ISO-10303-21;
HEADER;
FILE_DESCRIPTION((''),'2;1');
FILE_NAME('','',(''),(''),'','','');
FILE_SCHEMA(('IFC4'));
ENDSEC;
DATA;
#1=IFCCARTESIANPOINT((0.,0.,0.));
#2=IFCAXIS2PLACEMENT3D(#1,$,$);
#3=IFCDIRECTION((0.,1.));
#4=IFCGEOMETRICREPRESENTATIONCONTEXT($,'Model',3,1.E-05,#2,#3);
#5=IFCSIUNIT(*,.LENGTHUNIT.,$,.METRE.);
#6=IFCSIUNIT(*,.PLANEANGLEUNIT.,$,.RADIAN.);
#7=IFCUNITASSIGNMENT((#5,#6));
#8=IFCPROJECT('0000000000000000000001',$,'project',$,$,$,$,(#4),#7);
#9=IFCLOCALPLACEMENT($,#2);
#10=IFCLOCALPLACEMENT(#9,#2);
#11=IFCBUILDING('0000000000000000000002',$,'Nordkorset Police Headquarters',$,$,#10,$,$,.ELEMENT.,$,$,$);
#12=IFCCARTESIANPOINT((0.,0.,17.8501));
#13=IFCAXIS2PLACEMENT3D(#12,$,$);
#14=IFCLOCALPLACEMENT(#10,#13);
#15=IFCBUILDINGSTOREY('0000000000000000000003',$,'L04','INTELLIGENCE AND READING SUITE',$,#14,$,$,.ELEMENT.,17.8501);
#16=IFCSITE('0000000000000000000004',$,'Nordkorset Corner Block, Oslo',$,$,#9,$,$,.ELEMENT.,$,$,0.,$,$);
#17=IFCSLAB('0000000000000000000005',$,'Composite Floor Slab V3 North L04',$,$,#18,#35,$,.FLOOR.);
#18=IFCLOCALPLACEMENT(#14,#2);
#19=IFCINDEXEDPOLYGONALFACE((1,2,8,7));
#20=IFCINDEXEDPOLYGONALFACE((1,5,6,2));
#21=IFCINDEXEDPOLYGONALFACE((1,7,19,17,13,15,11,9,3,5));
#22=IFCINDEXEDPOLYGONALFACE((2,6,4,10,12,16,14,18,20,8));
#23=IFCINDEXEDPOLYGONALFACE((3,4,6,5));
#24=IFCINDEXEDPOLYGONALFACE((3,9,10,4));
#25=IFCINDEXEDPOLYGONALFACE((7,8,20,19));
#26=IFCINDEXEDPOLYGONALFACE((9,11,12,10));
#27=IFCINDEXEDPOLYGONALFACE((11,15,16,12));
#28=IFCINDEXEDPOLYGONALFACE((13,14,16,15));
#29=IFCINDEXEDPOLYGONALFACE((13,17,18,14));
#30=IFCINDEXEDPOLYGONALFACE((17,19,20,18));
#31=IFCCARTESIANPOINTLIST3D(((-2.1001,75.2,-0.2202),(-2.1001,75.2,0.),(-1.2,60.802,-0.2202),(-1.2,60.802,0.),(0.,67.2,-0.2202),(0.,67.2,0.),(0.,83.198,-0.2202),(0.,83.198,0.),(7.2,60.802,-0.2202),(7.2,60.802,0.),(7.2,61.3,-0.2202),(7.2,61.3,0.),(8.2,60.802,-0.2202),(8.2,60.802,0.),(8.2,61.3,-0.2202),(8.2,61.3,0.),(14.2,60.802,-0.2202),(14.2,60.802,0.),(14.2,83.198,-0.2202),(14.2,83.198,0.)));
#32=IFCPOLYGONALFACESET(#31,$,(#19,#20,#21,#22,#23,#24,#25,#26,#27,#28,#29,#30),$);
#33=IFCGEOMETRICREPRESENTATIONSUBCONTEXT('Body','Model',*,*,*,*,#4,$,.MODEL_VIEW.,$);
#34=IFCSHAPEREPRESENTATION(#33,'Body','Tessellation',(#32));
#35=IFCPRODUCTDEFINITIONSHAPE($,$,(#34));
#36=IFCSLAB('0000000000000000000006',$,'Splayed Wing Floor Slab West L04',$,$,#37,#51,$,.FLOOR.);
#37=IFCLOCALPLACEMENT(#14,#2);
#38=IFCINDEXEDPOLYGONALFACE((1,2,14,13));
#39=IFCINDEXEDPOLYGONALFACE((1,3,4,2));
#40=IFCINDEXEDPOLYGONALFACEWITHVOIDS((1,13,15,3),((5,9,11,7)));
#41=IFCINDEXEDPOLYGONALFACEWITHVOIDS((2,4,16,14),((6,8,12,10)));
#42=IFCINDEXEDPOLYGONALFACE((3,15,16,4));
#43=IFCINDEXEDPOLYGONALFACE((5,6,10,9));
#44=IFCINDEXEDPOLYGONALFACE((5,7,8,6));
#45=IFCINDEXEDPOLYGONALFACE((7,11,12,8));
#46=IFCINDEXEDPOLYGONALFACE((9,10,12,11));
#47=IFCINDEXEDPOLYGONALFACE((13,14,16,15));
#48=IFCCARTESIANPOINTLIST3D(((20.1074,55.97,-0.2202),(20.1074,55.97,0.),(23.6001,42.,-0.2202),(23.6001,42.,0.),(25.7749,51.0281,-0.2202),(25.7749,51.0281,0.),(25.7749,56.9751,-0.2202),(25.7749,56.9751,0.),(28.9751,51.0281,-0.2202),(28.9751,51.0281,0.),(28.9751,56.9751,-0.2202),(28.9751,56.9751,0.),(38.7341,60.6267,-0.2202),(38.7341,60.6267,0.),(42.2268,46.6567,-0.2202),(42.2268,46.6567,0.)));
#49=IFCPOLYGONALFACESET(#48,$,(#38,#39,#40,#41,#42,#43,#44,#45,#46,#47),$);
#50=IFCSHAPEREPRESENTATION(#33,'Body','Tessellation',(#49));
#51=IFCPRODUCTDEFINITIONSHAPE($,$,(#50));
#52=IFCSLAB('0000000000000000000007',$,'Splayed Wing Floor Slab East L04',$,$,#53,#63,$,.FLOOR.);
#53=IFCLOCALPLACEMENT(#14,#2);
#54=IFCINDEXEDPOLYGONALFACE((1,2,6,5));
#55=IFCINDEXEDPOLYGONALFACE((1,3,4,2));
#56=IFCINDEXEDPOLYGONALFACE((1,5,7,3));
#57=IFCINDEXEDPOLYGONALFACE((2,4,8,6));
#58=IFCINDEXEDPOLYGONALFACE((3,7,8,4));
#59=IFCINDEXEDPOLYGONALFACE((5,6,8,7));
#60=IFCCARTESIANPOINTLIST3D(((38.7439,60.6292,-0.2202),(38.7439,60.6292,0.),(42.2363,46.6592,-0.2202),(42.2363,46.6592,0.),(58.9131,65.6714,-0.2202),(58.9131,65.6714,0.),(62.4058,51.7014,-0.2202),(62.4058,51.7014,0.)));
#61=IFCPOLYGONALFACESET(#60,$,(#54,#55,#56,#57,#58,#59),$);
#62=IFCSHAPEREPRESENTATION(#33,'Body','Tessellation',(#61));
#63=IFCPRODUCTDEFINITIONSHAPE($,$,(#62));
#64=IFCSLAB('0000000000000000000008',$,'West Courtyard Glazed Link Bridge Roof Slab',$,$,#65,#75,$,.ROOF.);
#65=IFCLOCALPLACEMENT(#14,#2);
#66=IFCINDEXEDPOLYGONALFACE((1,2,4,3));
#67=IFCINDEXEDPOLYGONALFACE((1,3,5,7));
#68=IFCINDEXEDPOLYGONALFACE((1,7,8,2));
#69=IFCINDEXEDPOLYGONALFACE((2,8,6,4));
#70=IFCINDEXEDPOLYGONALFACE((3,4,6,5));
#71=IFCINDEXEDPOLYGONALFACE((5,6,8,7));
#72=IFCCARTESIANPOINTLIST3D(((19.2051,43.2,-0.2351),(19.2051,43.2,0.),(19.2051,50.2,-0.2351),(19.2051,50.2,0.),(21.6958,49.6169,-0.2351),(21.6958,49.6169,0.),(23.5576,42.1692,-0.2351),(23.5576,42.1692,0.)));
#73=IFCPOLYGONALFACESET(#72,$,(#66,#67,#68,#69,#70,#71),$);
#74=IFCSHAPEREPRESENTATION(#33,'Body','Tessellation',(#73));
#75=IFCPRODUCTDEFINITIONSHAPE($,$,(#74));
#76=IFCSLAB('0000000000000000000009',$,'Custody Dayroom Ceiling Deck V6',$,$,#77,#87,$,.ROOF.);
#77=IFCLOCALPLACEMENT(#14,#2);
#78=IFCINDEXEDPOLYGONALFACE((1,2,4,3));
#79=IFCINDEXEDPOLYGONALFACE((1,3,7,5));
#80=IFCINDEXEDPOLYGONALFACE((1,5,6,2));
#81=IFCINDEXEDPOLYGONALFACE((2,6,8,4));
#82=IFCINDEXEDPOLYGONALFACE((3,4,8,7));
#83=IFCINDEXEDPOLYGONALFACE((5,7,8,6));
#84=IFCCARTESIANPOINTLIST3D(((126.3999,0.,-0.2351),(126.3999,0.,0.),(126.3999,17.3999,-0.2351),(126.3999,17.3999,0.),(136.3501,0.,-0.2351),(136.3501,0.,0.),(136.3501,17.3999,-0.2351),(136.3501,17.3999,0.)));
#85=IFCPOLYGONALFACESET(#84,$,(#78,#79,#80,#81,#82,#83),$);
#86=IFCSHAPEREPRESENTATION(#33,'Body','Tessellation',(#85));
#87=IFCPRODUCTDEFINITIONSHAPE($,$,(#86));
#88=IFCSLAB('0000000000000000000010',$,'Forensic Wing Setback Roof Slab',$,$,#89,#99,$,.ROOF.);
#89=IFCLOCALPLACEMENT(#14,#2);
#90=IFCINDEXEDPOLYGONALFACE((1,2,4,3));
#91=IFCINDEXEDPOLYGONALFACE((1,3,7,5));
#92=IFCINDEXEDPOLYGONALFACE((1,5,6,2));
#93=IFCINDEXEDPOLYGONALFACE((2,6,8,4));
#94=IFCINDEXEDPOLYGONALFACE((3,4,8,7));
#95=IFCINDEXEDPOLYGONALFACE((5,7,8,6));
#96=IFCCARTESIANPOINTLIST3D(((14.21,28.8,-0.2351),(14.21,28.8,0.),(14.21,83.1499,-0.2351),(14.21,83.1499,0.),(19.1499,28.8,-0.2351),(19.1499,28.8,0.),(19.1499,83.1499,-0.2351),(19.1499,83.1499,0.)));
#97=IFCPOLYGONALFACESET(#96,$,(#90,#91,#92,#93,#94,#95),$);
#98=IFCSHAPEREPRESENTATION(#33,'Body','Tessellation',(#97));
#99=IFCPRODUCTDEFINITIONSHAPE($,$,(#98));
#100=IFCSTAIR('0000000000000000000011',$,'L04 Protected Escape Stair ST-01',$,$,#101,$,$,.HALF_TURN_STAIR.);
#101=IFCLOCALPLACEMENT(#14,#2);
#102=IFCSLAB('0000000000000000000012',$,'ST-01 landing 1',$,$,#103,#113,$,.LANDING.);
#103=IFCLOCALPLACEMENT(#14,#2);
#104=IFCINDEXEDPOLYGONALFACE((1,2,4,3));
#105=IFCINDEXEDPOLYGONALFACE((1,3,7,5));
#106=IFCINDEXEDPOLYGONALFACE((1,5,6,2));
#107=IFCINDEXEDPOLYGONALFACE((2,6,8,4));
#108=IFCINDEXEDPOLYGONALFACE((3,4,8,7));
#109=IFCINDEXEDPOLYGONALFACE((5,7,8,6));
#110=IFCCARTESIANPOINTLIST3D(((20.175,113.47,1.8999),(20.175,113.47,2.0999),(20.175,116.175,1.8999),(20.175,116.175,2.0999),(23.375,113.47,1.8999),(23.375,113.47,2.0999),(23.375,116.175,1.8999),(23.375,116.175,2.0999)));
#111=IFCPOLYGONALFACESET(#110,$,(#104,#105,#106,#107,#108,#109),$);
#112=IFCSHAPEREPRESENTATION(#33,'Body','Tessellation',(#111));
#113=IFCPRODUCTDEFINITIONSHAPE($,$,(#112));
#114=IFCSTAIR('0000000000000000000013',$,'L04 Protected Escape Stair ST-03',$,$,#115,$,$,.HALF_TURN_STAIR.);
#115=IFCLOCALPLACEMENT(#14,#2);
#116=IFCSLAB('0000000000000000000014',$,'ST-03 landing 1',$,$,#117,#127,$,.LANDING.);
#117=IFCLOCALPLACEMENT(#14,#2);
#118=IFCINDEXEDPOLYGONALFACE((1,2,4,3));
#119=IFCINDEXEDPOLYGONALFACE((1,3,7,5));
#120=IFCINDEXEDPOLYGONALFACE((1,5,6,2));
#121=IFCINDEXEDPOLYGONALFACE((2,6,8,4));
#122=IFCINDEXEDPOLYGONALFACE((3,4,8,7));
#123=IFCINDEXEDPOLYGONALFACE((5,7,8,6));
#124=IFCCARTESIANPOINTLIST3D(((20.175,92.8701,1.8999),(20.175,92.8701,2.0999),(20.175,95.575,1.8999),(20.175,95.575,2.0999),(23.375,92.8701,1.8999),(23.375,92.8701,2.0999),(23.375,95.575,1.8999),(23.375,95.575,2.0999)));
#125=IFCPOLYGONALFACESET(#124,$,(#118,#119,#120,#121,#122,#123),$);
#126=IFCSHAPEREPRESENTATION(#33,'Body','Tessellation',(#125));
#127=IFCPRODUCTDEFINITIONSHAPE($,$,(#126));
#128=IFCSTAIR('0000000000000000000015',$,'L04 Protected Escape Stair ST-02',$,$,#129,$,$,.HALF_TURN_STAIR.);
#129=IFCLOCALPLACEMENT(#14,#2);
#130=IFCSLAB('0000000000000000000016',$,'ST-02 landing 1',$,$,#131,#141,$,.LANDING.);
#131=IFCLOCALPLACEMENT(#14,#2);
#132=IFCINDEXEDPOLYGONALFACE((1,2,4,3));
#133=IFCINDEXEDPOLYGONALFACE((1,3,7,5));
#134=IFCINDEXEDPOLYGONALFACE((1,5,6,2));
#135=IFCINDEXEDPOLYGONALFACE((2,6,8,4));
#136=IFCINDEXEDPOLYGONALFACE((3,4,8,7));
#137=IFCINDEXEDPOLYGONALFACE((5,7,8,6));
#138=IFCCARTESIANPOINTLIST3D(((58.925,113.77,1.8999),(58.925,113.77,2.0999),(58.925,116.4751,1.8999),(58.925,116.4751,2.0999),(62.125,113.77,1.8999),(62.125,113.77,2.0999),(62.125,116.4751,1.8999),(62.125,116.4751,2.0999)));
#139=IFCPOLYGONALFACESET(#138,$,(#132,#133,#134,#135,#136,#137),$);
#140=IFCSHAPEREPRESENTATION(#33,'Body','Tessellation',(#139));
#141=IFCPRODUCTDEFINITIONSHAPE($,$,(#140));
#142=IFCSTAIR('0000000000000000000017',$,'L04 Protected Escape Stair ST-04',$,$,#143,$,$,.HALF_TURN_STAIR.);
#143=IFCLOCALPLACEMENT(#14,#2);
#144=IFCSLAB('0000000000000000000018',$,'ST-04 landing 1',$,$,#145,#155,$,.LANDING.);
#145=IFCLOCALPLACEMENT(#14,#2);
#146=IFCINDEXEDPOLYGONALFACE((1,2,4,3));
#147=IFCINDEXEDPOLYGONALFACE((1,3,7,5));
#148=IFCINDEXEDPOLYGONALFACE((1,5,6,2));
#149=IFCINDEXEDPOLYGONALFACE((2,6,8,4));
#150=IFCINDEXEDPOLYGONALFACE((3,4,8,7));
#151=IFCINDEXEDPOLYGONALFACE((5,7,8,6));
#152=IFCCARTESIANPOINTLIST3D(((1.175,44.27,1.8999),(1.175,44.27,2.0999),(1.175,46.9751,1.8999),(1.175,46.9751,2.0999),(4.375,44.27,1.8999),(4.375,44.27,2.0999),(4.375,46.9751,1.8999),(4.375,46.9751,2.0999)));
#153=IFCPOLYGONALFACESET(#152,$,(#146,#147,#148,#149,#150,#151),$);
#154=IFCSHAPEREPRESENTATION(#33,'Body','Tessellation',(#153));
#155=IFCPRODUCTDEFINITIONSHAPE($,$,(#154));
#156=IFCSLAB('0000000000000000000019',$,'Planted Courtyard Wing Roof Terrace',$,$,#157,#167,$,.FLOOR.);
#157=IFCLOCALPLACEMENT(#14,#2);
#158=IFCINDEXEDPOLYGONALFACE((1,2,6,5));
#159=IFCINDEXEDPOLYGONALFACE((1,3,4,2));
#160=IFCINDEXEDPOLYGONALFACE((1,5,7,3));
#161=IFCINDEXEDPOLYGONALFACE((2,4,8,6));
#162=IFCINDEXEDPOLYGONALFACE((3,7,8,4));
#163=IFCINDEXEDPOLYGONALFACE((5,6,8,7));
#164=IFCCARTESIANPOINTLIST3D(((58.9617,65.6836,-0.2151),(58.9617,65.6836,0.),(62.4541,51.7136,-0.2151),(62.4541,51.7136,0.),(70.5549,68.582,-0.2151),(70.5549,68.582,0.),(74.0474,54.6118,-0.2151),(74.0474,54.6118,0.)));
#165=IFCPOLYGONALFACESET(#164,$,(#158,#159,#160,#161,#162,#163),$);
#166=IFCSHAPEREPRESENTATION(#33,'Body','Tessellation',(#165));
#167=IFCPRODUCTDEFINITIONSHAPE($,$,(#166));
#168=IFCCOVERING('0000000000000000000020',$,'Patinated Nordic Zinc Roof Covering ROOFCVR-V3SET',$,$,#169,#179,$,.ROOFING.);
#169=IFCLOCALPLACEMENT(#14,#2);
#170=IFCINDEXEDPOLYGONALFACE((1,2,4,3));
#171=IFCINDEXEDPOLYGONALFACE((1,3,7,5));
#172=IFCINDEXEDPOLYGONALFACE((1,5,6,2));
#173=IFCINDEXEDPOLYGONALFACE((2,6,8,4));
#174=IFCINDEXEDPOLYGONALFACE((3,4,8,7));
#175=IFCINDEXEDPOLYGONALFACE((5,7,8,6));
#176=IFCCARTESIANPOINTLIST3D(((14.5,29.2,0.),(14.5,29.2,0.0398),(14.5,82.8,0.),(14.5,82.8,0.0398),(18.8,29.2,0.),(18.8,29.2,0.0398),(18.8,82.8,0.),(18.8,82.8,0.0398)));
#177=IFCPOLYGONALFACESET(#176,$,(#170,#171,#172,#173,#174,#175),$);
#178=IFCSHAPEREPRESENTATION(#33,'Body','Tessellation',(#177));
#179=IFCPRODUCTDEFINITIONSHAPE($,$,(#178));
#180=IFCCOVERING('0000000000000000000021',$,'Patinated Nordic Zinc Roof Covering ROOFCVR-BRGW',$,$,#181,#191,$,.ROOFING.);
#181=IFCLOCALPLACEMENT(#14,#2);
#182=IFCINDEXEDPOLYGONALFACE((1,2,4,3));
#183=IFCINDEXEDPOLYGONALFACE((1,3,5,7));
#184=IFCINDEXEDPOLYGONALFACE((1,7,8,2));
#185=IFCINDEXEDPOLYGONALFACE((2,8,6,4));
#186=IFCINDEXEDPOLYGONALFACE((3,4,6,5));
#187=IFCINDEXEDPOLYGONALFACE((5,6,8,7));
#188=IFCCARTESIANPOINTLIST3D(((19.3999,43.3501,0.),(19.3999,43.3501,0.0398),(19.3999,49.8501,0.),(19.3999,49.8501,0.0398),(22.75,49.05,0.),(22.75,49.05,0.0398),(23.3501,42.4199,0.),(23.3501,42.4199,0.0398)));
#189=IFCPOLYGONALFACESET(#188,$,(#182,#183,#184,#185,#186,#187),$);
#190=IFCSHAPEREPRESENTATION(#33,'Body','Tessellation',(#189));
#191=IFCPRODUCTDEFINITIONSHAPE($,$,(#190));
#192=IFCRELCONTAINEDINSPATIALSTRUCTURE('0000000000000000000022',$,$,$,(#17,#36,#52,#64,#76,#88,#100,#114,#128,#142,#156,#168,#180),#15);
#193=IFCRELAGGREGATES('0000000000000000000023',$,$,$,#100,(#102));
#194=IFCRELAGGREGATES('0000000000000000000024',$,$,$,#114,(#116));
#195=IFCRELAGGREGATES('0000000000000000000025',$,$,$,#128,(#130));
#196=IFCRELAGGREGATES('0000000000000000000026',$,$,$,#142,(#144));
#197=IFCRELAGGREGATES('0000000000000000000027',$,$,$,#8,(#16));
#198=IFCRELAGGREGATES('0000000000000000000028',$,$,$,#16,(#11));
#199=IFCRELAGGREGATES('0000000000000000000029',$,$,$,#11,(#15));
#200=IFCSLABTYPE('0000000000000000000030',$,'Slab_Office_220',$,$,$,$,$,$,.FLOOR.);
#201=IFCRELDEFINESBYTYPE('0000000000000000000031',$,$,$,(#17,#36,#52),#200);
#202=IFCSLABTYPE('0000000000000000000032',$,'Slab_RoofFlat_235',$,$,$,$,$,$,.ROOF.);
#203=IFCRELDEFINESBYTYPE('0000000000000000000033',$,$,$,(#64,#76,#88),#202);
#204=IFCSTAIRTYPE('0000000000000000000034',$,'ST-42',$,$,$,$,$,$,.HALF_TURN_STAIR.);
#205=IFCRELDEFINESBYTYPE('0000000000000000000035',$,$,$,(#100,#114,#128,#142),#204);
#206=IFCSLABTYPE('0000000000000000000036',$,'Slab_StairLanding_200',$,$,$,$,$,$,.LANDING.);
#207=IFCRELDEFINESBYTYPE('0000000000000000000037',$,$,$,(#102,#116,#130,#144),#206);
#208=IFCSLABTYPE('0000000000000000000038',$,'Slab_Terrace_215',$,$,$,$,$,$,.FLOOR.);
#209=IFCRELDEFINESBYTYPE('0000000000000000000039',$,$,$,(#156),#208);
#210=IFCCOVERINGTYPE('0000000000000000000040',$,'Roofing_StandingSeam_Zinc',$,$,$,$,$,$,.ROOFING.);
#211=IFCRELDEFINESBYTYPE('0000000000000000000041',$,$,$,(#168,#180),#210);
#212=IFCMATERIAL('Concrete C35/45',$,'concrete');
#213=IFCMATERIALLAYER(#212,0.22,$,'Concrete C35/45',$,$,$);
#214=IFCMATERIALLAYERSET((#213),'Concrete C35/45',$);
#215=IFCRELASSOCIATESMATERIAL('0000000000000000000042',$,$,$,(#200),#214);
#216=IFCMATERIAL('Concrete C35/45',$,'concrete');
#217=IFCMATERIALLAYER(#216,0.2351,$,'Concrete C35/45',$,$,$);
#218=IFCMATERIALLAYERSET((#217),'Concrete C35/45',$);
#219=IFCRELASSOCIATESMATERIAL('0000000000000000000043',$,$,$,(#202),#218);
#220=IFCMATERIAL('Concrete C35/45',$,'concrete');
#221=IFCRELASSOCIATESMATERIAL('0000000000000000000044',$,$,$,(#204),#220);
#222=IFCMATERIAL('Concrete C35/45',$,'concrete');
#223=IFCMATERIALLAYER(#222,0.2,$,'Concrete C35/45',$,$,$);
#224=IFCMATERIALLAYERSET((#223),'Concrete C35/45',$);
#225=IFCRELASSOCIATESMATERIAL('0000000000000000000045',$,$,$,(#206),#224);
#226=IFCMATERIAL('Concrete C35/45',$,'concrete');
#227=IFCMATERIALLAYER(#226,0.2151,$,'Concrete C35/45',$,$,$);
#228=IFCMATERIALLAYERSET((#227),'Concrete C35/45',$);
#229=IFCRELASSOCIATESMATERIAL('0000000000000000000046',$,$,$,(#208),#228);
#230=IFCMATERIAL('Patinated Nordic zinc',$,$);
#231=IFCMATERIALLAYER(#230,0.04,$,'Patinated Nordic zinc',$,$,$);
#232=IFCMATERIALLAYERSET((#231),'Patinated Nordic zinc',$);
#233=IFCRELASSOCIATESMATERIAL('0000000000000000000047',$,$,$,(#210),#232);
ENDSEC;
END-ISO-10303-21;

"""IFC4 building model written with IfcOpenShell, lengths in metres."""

from ifc_helpers import new_model, si_unit, direction, frame, origin, place, context, subcontext, project, spatial, polyline, outline, extrude, material, layer, layer_set, type_object, element, aggregate, save


model = new_model("IFC4")

# Units and contexts
model_context = context("Model", 3, precision=1e-05, world=origin(), true_north=direction((0.0, 1.0)))
body_context = subcontext(model_context, "Body", "Model", "MODEL_VIEW")
ifc_project = project(units=[si_unit("LENGTHUNIT", "METRE"), si_unit("PLANEANGLEUNIT", "RADIAN")], contexts=[model_context])

# Site, building, storey
site_placement = place(None, origin())
site = spatial("IfcSite", under=ifc_project, at=site_placement, Name="Nordkorset Corner Block, Oslo", CompositionType="ELEMENT", RefElevation=0.0)
building_placement = place(site_placement, origin())
building = spatial("IfcBuilding", under=site, at=building_placement, Name="Nordkorset Police Headquarters", CompositionType="ELEMENT")
storey_placement = place(building_placement, frame((0.0, 0.0, 17.8501)))
storey = spatial("IfcBuildingStorey", under=building, at=storey_placement, Name="L04", Description="INTELLIGENCE AND READING SUITE", CompositionType="ELEMENT", Elevation=17.8501)

# Slabs
ifc_material_1 = material(Name="Concrete C35/45", Category="concrete")
ifc_layer_1 = layer(ifc_material_1, 0.22, Name="Concrete C35/45")
ifc_layer_set_1 = layer_set([ifc_layer_1], Name="Concrete C35/45")
slab_type_1 = type_object("IfcSlabType", Name="Slab_Office_220", PredefinedType="FLOOR", material=ifc_layer_set_1)
slab_1_placement = place(storey_placement, frame((0.0, 0.0, -0.2202)))
element("IfcSlab", 1, at=slab_1_placement, inside=storey, type_object=slab_type_1, Name="Composite Floor Slab V3 North L04", PredefinedType="FLOOR", context=body_context, shape_type="SweptSolid", body=[
    extrude(outline(polyline([(-1.2, 60.802), (7.2, 60.802), (7.2, 61.3), (8.2, 61.3), (8.2, 60.802), (14.2, 60.802), (14.2, 83.198), (0.0, 83.198), (-2.1001, 75.2), (0.0, 67.2), (-1.2, 60.802)])), origin(), (0.0, 0.0, 1.0), 0.2202),
])
slab_2_placement = place(storey_placement, frame((0.0, 0.0, -0.2202)))
element("IfcSlab", 2, at=slab_2_placement, inside=storey, type_object=slab_type_1, Name="Splayed Wing Floor Slab West L04", PredefinedType="FLOOR", context=body_context, shape_type="SweptSolid", body=[
    extrude(outline(polyline([(20.1074, 55.97), (38.7341, 60.6267), (42.2268, 46.6567), (23.6001, 42.0), (20.1074, 55.97)]), holes=[polyline([(28.9751, 56.9751), (25.7749, 56.9751), (25.7749, 51.0281), (28.9751, 51.0281), (28.9751, 56.9751)])]), origin(), (0.0, 0.0, 1.0), 0.2202),
])
slab_3_placement = place(storey_placement, frame((0.0, 0.0, -0.2202)))
element("IfcSlab", 3, at=slab_3_placement, inside=storey, type_object=slab_type_1, Name="Splayed Wing Floor Slab East L04", PredefinedType="FLOOR", context=body_context, shape_type="SweptSolid", body=[
    extrude(outline(polyline([(42.2363, 46.6592), (62.4058, 51.7014), (58.9131, 65.6714), (38.7439, 60.6292), (42.2363, 46.6592)])), origin(), (0.0, 0.0, 1.0), 0.2202),
])
ifc_material_2 = material(Name="Concrete C35/45", Category="concrete")
ifc_layer_2 = layer(ifc_material_2, 0.2351, Name="Concrete C35/45")
ifc_layer_set_2 = layer_set([ifc_layer_2], Name="Concrete C35/45")
slab_type_2 = type_object("IfcSlabType", Name="Slab_RoofFlat_235", PredefinedType="ROOF", material=ifc_layer_set_2)
slab_4_placement = place(storey_placement, frame((0.0, 0.0, -0.2351)))
element("IfcSlab", 4, at=slab_4_placement, inside=storey, type_object=slab_type_2, Name="West Courtyard Glazed Link Bridge Roof Slab", PredefinedType="ROOF", context=body_context, shape_type="SweptSolid", body=[
    extrude(outline(polyline([(19.2051, 43.2), (19.2051, 50.2), (21.6958, 49.6169), (23.5576, 42.1692), (19.2051, 43.2)])), origin(), (0.0, 0.0, 1.0), 0.2351),
])
slab_5_placement = place(storey_placement, frame((0.0, 0.0, -0.2351)))
element("IfcSlab", 5, at=slab_5_placement, inside=storey, type_object=slab_type_2, Name="Custody Dayroom Ceiling Deck V6", PredefinedType="ROOF", context=body_context, shape_type="SweptSolid", body=[
    extrude(outline(polyline([(126.3999, 0.0), (136.3501, 0.0), (136.3501, 17.3999), (126.3999, 17.3999), (126.3999, 0.0)])), origin(), (0.0, 0.0, 1.0), 0.2351),
])
slab_6_placement = place(storey_placement, frame((0.0, 0.0, -0.2351)))
element("IfcSlab", 6, at=slab_6_placement, inside=storey, type_object=slab_type_2, Name="Forensic Wing Setback Roof Slab", PredefinedType="ROOF", context=body_context, shape_type="SweptSolid", body=[
    extrude(outline(polyline([(14.21, 28.8), (19.1499, 28.8), (19.1499, 83.1499), (14.21, 83.1499), (14.21, 28.8)])), origin(), (0.0, 0.0, 1.0), 0.2351),
])

# Stairs, slabs
ifc_material_3 = material(Name="Concrete C35/45", Category="concrete")
stair_type = type_object("IfcStairType", Name="ST-42", PredefinedType="HALF_TURN_STAIR", material=ifc_material_3)
stair_1_placement = place(storey_placement, origin())
stair_1 = element("IfcStair", 7, at=stair_1_placement, inside=storey, type_object=stair_type, Name="L04 Protected Escape Stair ST-01", PredefinedType="HALF_TURN_STAIR")
ifc_material_4 = material(Name="Concrete C35/45", Category="concrete")
ifc_layer_3 = layer(ifc_material_4, 0.2, Name="Concrete C35/45")
ifc_layer_set_3 = layer_set([ifc_layer_3], Name="Concrete C35/45")
slab_type_3 = type_object("IfcSlabType", Name="Slab_StairLanding_200", PredefinedType="LANDING", material=ifc_layer_set_3)
slab_7_placement = place(storey_placement, frame((0.0, 0.0, 1.8999)))
slab_7 = element("IfcSlab", 8, at=slab_7_placement, type_object=slab_type_3, Name="ST-01 landing 1", PredefinedType="LANDING", context=body_context, shape_type="SweptSolid", body=[
    extrude(outline(polyline([(23.375, 113.47), (23.375, 116.175), (20.175, 116.175), (20.175, 113.47), (23.375, 113.47)])), origin(), (0.0, 0.0, 1.0), 0.2),
])
aggregate(stair_1, [slab_7])
stair_2_placement = place(storey_placement, origin())
stair_2 = element("IfcStair", 9, at=stair_2_placement, inside=storey, type_object=stair_type, Name="L04 Protected Escape Stair ST-03", PredefinedType="HALF_TURN_STAIR")
slab_8_placement = place(storey_placement, frame((0.0, 0.0, 1.8999)))
slab_8 = element("IfcSlab", 10, at=slab_8_placement, type_object=slab_type_3, Name="ST-03 landing 1", PredefinedType="LANDING", context=body_context, shape_type="SweptSolid", body=[
    extrude(outline(polyline([(23.375, 92.8701), (23.375, 95.575), (20.175, 95.575), (20.175, 92.8701), (23.375, 92.8701)])), origin(), (0.0, 0.0, 1.0), 0.2),
])
aggregate(stair_2, [slab_8])
stair_3_placement = place(storey_placement, origin())
stair_3 = element("IfcStair", 11, at=stair_3_placement, inside=storey, type_object=stair_type, Name="L04 Protected Escape Stair ST-02", PredefinedType="HALF_TURN_STAIR")
slab_9_placement = place(storey_placement, frame((0.0, 0.0, 1.8999)))
slab_9 = element("IfcSlab", 12, at=slab_9_placement, type_object=slab_type_3, Name="ST-02 landing 1", PredefinedType="LANDING", context=body_context, shape_type="SweptSolid", body=[
    extrude(outline(polyline([(62.125, 113.77), (62.125, 116.4751), (58.925, 116.4751), (58.925, 113.77), (62.125, 113.77)])), origin(), (0.0, 0.0, 1.0), 0.2),
])
aggregate(stair_3, [slab_9])
stair_4_placement = place(storey_placement, origin())
stair_4 = element("IfcStair", 13, at=stair_4_placement, inside=storey, type_object=stair_type, Name="L04 Protected Escape Stair ST-04", PredefinedType="HALF_TURN_STAIR")
slab_10_placement = place(storey_placement, frame((0.0, 0.0, 1.8999)))
slab_10 = element("IfcSlab", 14, at=slab_10_placement, type_object=slab_type_3, Name="ST-04 landing 1", PredefinedType="LANDING", context=body_context, shape_type="SweptSolid", body=[
    extrude(outline(polyline([(4.375, 44.27), (4.375, 46.9751), (1.175, 46.9751), (1.175, 44.27), (4.375, 44.27)])), origin(), (0.0, 0.0, 1.0), 0.2),
])
aggregate(stair_4, [slab_10])

# Slab
ifc_material_5 = material(Name="Concrete C35/45", Category="concrete")
ifc_layer_4 = layer(ifc_material_5, 0.2151, Name="Concrete C35/45")
ifc_layer_set_4 = layer_set([ifc_layer_4], Name="Concrete C35/45")
slab_type_4 = type_object("IfcSlabType", Name="Slab_Terrace_215", PredefinedType="FLOOR", material=ifc_layer_set_4)
slab_11_placement = place(storey_placement, frame((0.0, 0.0, -0.2151)))
element("IfcSlab", 15, at=slab_11_placement, inside=storey, type_object=slab_type_4, Name="Planted Courtyard Wing Roof Terrace", PredefinedType="FLOOR", context=body_context, shape_type="SweptSolid", body=[
    extrude(outline(polyline([(62.4541, 51.7136), (74.0474, 54.6118), (70.5549, 68.582), (58.9617, 65.6836), (62.4541, 51.7136)])), origin(), (0.0, 0.0, 1.0), 0.2151),
])

# Coverings
ifc_material_6 = material(Name="Patinated Nordic zinc")
ifc_layer_5 = layer(ifc_material_6, 0.04, Name="Patinated Nordic zinc")
ifc_layer_set_5 = layer_set([ifc_layer_5], Name="Patinated Nordic zinc")
covering_type = type_object("IfcCoveringType", Name="Roofing_StandingSeam_Zinc", PredefinedType="ROOFING", material=ifc_layer_set_5)
covering_1_placement = place(storey_placement, origin())
element("IfcCovering", 16, at=covering_1_placement, inside=storey, type_object=covering_type, Name="Patinated Nordic Zinc Roof Covering ROOFCVR-V3SET", PredefinedType="ROOFING", context=body_context, shape_type="SweptSolid", body=[
    extrude(outline(polyline([(14.5, 29.2), (18.8, 29.2), (18.8, 82.8), (14.5, 82.8), (14.5, 29.2)])), origin(), (0.0, 0.0, 1.0), 0.0398),
])
covering_2_placement = place(storey_placement, origin())
element("IfcCovering", 17, at=covering_2_placement, inside=storey, type_object=covering_type, Name="Patinated Nordic Zinc Roof Covering ROOFCVR-BRGW", PredefinedType="ROOFING", context=body_context, shape_type="SweptSolid", body=[
    extrude(outline(polyline([(19.3999, 43.3501), (23.3501, 42.4199), (22.75, 49.05), (19.3999, 49.8501), (19.3999, 43.3501)])), origin(), (0.0, 0.0, 1.0), 0.0398),
])

save(model, "model.ifc")
